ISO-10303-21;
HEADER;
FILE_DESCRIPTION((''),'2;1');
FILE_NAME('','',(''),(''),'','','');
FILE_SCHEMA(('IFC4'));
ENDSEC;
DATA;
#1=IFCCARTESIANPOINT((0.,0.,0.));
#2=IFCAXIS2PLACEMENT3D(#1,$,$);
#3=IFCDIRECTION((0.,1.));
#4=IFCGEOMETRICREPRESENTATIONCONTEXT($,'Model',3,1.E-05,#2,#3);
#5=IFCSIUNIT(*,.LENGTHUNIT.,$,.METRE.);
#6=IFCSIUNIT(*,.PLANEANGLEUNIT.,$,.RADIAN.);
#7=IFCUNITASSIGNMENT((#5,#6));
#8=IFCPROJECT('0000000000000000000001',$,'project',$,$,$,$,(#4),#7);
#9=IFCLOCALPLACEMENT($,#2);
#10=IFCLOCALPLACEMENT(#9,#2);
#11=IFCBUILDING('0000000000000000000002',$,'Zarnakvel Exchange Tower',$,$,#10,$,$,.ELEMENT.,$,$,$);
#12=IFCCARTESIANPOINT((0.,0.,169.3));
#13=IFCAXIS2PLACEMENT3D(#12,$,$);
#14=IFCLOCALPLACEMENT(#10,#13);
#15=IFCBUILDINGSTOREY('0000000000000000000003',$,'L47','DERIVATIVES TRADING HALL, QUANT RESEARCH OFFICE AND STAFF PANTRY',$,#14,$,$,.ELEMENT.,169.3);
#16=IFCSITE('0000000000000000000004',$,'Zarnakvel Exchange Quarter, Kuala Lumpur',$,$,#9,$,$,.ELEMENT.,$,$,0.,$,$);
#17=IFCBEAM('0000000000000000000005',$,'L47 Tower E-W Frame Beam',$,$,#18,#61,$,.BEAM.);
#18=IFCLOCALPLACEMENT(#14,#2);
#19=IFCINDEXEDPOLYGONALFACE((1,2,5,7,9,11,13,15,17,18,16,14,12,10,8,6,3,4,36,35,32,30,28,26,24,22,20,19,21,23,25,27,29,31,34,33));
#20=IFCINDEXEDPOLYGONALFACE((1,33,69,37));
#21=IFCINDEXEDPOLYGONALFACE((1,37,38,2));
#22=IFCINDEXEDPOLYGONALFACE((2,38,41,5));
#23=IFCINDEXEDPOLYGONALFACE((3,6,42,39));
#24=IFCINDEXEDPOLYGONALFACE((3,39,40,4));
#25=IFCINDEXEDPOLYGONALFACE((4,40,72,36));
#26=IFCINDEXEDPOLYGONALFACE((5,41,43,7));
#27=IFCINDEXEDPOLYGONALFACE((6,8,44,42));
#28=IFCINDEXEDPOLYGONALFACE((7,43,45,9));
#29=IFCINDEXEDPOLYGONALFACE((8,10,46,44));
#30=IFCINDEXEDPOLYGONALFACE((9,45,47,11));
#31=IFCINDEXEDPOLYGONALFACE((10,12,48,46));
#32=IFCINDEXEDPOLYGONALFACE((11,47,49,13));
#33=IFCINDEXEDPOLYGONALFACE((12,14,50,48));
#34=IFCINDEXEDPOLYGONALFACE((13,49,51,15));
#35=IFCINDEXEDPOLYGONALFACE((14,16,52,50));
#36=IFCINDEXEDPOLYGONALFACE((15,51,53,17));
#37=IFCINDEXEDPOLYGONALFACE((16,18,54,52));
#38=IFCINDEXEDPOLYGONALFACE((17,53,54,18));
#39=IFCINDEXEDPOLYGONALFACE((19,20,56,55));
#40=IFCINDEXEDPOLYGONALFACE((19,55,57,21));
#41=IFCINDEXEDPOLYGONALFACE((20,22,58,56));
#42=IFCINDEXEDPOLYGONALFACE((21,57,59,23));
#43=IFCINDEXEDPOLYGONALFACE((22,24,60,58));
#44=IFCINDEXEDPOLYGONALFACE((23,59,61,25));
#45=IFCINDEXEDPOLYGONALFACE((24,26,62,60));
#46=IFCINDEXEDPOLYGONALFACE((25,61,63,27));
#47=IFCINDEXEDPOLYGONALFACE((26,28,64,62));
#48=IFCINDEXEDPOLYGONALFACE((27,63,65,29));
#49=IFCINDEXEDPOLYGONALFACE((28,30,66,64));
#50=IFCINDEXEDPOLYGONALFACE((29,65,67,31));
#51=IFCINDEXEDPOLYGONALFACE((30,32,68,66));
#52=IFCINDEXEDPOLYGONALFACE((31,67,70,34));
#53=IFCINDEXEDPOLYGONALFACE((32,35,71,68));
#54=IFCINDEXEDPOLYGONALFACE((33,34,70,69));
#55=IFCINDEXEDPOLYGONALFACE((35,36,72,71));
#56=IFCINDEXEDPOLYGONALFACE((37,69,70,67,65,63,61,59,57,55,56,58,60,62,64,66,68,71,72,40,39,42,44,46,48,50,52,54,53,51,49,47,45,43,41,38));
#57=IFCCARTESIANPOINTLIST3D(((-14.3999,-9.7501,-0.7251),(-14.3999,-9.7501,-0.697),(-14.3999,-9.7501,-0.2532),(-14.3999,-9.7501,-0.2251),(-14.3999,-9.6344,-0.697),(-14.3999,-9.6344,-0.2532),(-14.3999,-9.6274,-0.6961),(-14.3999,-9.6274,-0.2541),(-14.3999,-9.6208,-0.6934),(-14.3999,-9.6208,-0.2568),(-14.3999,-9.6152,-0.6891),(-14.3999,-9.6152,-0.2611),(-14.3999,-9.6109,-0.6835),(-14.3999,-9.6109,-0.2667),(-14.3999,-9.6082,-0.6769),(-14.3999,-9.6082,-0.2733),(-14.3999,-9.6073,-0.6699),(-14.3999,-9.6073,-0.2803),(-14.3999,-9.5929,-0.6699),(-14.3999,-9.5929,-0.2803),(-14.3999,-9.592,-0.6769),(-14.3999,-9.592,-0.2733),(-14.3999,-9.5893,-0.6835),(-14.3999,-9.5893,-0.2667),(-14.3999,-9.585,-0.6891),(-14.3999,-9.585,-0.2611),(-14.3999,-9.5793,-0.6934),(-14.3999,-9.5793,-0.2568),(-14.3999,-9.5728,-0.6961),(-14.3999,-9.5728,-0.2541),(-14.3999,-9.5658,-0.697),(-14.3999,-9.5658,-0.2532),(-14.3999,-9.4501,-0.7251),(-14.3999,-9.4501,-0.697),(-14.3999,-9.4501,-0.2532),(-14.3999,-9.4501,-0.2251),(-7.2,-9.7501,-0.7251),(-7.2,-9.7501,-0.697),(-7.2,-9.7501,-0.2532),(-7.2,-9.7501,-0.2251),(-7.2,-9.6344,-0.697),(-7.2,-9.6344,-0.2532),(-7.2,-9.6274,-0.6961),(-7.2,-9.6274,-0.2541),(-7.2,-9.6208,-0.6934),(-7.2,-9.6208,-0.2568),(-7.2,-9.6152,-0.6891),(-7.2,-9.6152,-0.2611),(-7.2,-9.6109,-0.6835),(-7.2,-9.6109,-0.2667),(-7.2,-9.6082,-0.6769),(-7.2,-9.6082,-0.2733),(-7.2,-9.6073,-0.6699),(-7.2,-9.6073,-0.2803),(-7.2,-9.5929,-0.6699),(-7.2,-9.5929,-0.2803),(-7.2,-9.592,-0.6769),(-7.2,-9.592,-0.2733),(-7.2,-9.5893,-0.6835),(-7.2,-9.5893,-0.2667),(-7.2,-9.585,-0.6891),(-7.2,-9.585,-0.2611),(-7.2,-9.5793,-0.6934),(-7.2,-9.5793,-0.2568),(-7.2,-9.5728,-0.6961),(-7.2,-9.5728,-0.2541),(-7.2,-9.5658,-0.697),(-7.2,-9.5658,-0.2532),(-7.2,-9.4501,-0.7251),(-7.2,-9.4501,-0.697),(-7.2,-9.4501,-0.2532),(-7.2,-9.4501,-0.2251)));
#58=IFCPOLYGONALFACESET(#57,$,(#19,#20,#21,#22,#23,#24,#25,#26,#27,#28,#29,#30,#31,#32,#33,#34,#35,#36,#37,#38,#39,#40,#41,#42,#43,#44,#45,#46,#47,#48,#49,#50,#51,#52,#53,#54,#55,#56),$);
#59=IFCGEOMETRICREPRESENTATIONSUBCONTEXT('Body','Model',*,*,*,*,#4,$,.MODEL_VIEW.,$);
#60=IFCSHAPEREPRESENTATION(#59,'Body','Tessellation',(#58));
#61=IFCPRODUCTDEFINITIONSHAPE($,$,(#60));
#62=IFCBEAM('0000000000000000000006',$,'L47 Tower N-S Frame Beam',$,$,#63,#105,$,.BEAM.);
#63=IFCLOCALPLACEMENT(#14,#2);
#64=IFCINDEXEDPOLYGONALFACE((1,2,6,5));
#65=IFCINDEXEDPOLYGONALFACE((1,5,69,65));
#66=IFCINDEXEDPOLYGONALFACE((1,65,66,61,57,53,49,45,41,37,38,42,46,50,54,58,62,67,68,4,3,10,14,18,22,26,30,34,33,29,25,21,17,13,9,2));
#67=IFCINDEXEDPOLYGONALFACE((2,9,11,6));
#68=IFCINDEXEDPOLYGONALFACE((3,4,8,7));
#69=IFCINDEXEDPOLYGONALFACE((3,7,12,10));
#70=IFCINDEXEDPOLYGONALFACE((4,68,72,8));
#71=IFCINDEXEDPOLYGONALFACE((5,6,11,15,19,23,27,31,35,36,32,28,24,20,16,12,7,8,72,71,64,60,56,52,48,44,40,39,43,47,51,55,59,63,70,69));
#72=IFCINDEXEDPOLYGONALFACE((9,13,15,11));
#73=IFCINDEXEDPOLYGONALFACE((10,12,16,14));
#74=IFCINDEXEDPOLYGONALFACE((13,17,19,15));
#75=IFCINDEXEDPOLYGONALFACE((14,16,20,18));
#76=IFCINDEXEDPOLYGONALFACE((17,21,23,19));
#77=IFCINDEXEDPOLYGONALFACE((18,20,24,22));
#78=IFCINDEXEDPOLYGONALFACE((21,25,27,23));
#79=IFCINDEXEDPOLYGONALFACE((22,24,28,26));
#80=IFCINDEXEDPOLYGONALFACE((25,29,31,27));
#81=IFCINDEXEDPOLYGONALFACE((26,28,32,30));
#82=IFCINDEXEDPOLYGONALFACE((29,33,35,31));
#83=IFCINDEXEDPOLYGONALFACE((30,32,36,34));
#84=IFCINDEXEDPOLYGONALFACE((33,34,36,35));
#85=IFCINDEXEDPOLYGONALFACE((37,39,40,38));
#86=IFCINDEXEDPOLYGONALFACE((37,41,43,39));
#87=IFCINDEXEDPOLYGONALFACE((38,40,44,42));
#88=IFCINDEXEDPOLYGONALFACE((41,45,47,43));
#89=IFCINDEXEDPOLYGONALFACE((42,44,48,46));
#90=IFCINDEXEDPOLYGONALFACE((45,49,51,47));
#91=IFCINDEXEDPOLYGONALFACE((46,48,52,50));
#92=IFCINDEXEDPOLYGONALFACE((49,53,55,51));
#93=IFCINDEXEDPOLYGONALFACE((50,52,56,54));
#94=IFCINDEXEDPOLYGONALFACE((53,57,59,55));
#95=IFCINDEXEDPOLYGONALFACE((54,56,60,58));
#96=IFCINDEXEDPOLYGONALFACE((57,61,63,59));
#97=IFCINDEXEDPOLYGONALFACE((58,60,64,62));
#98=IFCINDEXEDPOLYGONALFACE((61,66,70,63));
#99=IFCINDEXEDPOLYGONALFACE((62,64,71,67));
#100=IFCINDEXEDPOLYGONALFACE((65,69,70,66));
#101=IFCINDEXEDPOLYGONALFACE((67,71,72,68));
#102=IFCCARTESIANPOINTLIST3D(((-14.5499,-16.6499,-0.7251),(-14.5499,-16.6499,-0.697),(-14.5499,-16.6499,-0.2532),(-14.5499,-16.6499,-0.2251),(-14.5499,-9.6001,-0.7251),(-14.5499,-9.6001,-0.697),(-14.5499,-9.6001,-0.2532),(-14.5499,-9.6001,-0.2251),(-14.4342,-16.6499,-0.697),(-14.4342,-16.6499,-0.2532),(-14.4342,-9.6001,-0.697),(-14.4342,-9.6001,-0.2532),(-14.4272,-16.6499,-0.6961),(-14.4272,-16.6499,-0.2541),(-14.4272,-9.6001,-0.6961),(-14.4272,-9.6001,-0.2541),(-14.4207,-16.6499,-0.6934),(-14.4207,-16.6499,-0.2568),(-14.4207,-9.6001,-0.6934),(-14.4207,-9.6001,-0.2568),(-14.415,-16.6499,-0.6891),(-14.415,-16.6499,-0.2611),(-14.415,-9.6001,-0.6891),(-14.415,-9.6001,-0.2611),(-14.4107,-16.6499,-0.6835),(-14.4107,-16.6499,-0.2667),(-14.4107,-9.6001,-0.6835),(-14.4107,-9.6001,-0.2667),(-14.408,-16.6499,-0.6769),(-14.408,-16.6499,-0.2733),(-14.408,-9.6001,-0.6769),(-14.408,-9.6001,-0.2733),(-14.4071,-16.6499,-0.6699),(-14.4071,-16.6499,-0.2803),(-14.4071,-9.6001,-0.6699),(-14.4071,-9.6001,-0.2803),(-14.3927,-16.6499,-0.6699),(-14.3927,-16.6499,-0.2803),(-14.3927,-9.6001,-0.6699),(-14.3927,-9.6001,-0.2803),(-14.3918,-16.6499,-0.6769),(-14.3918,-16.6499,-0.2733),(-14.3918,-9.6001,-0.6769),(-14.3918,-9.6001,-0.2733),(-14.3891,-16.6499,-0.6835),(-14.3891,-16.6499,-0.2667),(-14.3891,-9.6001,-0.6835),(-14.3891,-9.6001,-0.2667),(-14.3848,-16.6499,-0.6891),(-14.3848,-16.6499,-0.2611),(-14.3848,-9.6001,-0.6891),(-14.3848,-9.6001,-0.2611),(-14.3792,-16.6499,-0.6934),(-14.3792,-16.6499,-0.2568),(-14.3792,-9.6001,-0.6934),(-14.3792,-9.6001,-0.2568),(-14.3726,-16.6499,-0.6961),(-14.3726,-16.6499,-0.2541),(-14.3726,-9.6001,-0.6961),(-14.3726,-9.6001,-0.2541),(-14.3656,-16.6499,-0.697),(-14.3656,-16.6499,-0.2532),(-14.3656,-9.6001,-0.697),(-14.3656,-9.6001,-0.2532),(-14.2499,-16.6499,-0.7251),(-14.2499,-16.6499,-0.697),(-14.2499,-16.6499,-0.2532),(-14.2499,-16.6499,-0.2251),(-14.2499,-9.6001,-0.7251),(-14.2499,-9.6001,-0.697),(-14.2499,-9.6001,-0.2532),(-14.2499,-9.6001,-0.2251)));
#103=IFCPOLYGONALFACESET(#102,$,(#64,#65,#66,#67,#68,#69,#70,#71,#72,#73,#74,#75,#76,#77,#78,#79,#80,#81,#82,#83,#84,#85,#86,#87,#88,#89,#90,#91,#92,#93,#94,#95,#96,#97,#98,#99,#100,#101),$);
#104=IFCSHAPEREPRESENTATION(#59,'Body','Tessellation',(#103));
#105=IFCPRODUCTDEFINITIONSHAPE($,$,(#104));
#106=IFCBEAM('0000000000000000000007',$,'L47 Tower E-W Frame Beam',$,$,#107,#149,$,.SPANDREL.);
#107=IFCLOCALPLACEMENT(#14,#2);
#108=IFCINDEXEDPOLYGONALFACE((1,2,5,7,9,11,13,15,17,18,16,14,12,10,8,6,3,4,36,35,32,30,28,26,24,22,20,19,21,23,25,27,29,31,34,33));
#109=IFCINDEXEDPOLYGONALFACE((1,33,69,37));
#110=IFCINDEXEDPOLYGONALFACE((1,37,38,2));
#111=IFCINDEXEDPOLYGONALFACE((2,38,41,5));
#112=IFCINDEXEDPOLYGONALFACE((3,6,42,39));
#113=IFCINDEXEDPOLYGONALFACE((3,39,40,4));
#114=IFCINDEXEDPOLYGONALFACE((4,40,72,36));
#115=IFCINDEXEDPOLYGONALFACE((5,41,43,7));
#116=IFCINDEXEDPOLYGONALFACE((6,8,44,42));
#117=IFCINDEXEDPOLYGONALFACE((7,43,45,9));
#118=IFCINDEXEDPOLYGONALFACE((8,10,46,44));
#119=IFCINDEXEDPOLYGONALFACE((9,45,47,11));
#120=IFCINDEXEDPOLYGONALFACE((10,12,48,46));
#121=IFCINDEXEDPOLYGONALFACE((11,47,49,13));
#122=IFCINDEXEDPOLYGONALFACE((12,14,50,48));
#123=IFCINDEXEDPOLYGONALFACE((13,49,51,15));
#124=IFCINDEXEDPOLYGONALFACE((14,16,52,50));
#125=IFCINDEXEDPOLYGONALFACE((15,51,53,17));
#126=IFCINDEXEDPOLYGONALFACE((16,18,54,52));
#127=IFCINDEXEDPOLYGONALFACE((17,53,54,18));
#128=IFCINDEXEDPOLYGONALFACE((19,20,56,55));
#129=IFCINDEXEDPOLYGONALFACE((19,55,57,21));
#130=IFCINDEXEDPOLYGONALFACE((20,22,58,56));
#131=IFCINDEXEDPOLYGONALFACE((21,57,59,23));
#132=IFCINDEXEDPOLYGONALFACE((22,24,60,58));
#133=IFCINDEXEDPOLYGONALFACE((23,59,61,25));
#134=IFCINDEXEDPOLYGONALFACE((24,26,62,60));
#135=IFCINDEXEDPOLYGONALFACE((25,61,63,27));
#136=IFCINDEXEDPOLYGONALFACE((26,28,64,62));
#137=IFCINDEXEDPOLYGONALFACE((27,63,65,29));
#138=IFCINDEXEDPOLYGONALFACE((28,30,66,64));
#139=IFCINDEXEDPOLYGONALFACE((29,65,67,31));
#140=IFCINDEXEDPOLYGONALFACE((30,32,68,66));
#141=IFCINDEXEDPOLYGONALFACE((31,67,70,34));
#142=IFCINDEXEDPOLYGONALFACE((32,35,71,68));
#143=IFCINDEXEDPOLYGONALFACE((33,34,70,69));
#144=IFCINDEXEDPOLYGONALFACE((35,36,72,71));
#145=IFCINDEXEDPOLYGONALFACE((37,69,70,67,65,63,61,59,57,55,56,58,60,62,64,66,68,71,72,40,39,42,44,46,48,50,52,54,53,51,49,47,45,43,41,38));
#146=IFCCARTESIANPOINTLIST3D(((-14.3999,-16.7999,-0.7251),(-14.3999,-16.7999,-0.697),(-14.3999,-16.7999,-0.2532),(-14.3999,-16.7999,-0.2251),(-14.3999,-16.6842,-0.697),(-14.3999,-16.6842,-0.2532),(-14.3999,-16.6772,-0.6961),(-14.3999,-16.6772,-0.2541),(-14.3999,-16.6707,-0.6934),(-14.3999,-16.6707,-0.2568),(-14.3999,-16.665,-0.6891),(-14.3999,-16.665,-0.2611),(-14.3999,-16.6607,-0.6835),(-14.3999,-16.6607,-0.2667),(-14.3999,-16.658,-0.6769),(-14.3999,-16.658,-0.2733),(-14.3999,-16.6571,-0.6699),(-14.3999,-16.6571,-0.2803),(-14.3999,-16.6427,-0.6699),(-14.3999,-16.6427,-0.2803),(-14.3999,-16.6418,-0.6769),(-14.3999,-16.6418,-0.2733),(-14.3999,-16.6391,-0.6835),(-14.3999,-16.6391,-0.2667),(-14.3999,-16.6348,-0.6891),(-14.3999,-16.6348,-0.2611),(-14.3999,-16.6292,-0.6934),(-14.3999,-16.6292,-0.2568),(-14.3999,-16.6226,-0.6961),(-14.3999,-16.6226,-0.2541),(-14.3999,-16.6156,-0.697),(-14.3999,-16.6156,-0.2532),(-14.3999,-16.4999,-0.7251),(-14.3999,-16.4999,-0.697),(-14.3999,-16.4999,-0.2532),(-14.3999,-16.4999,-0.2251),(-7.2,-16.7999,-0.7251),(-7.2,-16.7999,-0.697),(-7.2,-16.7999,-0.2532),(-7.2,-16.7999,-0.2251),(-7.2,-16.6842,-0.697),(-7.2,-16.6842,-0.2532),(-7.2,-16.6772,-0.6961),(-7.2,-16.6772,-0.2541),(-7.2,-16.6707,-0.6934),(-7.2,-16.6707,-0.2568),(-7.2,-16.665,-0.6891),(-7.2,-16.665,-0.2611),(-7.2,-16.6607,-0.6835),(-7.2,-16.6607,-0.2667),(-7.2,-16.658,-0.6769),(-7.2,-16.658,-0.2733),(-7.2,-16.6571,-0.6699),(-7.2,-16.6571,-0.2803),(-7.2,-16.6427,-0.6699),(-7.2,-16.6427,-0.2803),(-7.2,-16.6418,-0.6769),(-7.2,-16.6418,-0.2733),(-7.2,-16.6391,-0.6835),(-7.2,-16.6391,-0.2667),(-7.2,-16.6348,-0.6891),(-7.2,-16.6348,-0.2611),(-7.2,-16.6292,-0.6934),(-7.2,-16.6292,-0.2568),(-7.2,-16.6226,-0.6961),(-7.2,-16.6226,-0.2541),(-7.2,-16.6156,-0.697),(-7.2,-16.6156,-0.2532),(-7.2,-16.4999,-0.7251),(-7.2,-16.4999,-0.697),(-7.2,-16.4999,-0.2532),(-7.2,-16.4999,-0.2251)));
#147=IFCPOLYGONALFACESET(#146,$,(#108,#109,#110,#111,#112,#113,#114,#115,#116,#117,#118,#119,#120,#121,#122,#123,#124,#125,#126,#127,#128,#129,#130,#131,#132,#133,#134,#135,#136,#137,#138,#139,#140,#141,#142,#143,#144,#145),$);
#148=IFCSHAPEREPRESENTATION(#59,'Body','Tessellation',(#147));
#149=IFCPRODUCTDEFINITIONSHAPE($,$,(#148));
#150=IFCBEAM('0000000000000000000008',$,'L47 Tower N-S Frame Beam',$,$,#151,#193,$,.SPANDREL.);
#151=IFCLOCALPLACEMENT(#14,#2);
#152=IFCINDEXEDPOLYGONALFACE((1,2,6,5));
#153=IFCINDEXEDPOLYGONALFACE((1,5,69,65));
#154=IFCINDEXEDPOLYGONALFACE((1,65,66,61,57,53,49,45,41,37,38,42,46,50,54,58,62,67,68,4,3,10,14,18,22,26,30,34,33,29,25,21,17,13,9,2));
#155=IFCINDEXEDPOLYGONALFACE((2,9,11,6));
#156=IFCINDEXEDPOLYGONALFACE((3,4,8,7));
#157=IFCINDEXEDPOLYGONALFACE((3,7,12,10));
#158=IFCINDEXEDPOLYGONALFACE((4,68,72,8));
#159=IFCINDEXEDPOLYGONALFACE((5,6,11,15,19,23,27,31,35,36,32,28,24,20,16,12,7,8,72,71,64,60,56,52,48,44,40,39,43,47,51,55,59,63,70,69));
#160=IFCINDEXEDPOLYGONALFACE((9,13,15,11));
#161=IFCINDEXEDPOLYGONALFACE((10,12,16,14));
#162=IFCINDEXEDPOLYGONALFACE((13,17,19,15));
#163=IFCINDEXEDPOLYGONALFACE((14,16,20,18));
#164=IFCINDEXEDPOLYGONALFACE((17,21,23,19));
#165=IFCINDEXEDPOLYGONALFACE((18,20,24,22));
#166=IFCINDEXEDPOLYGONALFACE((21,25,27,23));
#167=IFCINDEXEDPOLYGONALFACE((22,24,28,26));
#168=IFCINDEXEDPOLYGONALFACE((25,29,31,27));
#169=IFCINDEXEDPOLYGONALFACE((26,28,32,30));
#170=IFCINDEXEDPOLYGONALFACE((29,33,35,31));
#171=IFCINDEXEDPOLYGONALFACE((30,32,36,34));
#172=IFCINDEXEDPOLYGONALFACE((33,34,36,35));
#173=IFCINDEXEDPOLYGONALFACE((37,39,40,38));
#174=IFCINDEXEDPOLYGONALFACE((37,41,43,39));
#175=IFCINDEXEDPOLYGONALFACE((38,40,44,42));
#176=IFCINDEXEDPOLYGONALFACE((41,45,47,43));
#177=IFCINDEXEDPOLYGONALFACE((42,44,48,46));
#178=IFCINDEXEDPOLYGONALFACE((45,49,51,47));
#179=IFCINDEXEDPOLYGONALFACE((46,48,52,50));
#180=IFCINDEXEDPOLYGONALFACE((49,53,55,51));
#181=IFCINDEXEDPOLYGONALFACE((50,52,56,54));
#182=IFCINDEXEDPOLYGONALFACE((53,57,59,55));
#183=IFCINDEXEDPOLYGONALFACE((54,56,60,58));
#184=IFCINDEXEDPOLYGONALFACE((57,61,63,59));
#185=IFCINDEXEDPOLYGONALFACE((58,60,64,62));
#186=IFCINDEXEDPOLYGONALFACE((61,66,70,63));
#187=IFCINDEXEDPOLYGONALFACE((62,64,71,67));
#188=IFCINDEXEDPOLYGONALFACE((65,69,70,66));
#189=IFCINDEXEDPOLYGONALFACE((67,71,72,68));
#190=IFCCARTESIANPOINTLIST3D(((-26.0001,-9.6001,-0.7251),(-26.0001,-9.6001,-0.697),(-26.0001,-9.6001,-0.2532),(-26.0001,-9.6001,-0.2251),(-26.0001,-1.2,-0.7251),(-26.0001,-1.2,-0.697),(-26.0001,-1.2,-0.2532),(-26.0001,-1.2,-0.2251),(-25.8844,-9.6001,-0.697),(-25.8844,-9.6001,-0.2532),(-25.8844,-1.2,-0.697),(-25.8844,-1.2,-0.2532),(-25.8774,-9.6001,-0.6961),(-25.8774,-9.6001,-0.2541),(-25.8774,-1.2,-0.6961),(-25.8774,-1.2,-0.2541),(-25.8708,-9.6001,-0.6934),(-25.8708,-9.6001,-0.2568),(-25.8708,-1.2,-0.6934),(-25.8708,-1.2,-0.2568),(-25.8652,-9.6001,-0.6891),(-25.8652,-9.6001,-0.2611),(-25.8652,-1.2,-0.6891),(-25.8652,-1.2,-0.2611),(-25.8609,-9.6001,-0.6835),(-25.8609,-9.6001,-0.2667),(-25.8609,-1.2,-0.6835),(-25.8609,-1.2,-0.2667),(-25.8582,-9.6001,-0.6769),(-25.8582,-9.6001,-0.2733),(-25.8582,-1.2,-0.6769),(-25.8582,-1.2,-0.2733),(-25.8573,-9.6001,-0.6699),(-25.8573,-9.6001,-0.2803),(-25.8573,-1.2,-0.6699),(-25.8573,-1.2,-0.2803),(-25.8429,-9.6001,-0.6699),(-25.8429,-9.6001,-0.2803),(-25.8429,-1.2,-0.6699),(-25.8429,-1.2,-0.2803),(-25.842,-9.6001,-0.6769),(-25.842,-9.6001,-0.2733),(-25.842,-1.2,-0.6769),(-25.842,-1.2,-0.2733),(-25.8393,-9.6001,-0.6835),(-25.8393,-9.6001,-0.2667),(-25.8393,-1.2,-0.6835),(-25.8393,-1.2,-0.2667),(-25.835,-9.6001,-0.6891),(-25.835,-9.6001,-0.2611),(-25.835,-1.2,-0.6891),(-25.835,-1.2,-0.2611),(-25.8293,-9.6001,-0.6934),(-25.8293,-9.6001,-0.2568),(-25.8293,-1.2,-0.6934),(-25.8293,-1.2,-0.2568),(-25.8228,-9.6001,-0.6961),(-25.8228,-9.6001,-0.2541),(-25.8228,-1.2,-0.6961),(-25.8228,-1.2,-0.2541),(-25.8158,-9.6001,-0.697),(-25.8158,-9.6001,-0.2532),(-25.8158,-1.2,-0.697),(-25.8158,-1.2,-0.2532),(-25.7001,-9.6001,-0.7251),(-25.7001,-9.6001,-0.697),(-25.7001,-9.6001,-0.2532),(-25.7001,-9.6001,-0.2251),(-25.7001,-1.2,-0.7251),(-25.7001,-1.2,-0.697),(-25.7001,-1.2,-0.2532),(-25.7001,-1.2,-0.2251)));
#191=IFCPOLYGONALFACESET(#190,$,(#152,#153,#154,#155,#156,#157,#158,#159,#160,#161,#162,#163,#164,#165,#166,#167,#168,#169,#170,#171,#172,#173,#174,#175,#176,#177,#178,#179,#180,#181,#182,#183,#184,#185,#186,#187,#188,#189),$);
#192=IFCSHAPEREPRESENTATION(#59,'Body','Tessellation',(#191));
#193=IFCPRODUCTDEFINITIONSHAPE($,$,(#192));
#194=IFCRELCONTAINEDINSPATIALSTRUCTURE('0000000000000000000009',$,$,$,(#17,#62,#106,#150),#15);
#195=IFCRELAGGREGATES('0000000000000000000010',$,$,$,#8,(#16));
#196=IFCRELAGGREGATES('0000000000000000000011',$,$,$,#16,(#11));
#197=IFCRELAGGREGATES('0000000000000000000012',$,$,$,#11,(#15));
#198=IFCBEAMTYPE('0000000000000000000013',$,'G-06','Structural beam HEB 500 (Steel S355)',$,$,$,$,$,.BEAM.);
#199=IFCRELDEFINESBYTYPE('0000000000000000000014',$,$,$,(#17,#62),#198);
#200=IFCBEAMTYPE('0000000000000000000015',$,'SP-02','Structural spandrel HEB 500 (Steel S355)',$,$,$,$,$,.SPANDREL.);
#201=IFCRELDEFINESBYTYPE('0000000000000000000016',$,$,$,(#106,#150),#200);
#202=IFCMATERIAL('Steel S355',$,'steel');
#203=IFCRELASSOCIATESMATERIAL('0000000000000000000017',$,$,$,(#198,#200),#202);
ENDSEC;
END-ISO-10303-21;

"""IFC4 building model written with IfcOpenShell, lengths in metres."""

from ifc_helpers import new_model, si_unit, direction, frame, origin, origin_2d, place, context, subcontext, project, spatial, i_section, extrude, material, material_profile, profile_set, type_object, element, save


model = new_model("IFC4")

# Units and contexts
model_context = context("Model", 3, precision=1e-05, world=origin(), true_north=direction((0.0, 1.0)))
body_context = subcontext(model_context, "Body", "Model", "MODEL_VIEW")
ifc_project = project(units=[si_unit("LENGTHUNIT", "METRE"), si_unit("PLANEANGLEUNIT", "RADIAN")], contexts=[model_context])

# Site, building, storey
site_placement = place(None, origin())
site = spatial("IfcSite", under=ifc_project, at=site_placement, Name="Zarnakvel Exchange Quarter, Kuala Lumpur", CompositionType="ELEMENT", RefElevation=0.0)
building_placement = place(site_placement, origin())
building = spatial("IfcBuilding", under=site, at=building_placement, Name="Zarnakvel Exchange Tower", CompositionType="ELEMENT")
storey_placement = place(building_placement, frame((0.0, 0.0, 169.3)))
storey = spatial("IfcBuildingStorey", under=building, at=storey_placement, Name="L47", Description="DERIVATIVES TRADING HALL, QUANT RESEARCH OFFICE AND STAFF PANTRY", CompositionType="ELEMENT", Elevation=169.3)

# Shared definitions
ifc_material_1 = material(Name="Steel S355", Category="steel")

# Beams
ifc_material_profile_1 = material_profile(ifc_material_1, i_section(OverallWidth=0.3, OverallDepth=0.5, WebThickness=0.0144, FlangeThickness=0.0281, FilletRadius=0.0271, at=origin_2d()))
ifc_profile_set_1 = profile_set([ifc_material_profile_1], Name="Steel S355")
beam_type_1 = type_object("IfcBeamType", Name="G-06", Description="Structural beam HEB 500 (Steel S355)", PredefinedType="BEAM", material=ifc_profile_set_1)
beam_1_placement = place(storey_placement, frame((-14.3999, -9.6001, -0.4751), z_axis=(1.0, 0.0, 0.0), x_axis=(0.0, 1.0, 0.0)))
element("IfcBeam", 1, at=beam_1_placement, inside=storey, type_object=beam_type_1, Name="L47 Tower E-W Frame Beam", PredefinedType="BEAM", context=body_context, shape_type="SweptSolid", body=[
    extrude(i_section(OverallWidth=0.3, OverallDepth=0.5, WebThickness=0.0144, FlangeThickness=0.0281, FilletRadius=0.0271, at=origin_2d()), origin(), (0.0, 0.0, 1.0), 7.2),
])
beam_2_placement = place(storey_placement, frame((-14.3999, -16.6499, -0.4751), z_axis=(0.0, 1.0, 0.0), x_axis=(-1.0, 0.0, 0.0)))
element("IfcBeam", 2, at=beam_2_placement, inside=storey, type_object=beam_type_1, Name="L47 Tower N-S Frame Beam", PredefinedType="BEAM", context=body_context, shape_type="SweptSolid", body=[
    extrude(i_section(OverallWidth=0.3, OverallDepth=0.5, WebThickness=0.0144, FlangeThickness=0.0281, FilletRadius=0.0271, at=origin_2d()), origin(), (0.0, 0.0, 1.0), 7.0498),
])
ifc_material_profile_2 = material_profile(ifc_material_1, i_section(OverallWidth=0.3, OverallDepth=0.5, WebThickness=0.0144, FlangeThickness=0.0281, FilletRadius=0.0271, at=origin_2d()))
ifc_profile_set_2 = profile_set([ifc_material_profile_2], Name="Steel S355")
beam_type_2 = type_object("IfcBeamType", Name="SP-02", Description="Structural spandrel HEB 500 (Steel S355)", PredefinedType="SPANDREL", material=ifc_profile_set_2)
beam_3_placement = place(storey_placement, frame((-14.3999, -16.6499, -0.4751), z_axis=(1.0, 0.0, 0.0), x_axis=(0.0, 1.0, 0.0)))
element("IfcBeam", 3, at=beam_3_placement, inside=storey, type_object=beam_type_2, Name="L47 Tower E-W Frame Beam", PredefinedType="SPANDREL", context=body_context, shape_type="SweptSolid", body=[
    extrude(i_section(OverallWidth=0.3, OverallDepth=0.5, WebThickness=0.0144, FlangeThickness=0.0281, FilletRadius=0.0271, at=origin_2d()), origin(), (0.0, 0.0, 1.0), 7.2),
])
beam_4_placement = place(storey_placement, frame((-25.8501, -9.6001, -0.4751), z_axis=(0.0, 1.0, 0.0), x_axis=(-1.0, 0.0, 0.0)))
element("IfcBeam", 4, at=beam_4_placement, inside=storey, type_object=beam_type_2, Name="L47 Tower N-S Frame Beam", PredefinedType="SPANDREL", context=body_context, shape_type="SweptSolid", body=[
    extrude(i_section(OverallWidth=0.3, OverallDepth=0.5, WebThickness=0.0144, FlangeThickness=0.0281, FilletRadius=0.0271, at=origin_2d()), origin(), (0.0, 0.0, 1.0), 8.4001),
])

save(model, "model.ifc")
